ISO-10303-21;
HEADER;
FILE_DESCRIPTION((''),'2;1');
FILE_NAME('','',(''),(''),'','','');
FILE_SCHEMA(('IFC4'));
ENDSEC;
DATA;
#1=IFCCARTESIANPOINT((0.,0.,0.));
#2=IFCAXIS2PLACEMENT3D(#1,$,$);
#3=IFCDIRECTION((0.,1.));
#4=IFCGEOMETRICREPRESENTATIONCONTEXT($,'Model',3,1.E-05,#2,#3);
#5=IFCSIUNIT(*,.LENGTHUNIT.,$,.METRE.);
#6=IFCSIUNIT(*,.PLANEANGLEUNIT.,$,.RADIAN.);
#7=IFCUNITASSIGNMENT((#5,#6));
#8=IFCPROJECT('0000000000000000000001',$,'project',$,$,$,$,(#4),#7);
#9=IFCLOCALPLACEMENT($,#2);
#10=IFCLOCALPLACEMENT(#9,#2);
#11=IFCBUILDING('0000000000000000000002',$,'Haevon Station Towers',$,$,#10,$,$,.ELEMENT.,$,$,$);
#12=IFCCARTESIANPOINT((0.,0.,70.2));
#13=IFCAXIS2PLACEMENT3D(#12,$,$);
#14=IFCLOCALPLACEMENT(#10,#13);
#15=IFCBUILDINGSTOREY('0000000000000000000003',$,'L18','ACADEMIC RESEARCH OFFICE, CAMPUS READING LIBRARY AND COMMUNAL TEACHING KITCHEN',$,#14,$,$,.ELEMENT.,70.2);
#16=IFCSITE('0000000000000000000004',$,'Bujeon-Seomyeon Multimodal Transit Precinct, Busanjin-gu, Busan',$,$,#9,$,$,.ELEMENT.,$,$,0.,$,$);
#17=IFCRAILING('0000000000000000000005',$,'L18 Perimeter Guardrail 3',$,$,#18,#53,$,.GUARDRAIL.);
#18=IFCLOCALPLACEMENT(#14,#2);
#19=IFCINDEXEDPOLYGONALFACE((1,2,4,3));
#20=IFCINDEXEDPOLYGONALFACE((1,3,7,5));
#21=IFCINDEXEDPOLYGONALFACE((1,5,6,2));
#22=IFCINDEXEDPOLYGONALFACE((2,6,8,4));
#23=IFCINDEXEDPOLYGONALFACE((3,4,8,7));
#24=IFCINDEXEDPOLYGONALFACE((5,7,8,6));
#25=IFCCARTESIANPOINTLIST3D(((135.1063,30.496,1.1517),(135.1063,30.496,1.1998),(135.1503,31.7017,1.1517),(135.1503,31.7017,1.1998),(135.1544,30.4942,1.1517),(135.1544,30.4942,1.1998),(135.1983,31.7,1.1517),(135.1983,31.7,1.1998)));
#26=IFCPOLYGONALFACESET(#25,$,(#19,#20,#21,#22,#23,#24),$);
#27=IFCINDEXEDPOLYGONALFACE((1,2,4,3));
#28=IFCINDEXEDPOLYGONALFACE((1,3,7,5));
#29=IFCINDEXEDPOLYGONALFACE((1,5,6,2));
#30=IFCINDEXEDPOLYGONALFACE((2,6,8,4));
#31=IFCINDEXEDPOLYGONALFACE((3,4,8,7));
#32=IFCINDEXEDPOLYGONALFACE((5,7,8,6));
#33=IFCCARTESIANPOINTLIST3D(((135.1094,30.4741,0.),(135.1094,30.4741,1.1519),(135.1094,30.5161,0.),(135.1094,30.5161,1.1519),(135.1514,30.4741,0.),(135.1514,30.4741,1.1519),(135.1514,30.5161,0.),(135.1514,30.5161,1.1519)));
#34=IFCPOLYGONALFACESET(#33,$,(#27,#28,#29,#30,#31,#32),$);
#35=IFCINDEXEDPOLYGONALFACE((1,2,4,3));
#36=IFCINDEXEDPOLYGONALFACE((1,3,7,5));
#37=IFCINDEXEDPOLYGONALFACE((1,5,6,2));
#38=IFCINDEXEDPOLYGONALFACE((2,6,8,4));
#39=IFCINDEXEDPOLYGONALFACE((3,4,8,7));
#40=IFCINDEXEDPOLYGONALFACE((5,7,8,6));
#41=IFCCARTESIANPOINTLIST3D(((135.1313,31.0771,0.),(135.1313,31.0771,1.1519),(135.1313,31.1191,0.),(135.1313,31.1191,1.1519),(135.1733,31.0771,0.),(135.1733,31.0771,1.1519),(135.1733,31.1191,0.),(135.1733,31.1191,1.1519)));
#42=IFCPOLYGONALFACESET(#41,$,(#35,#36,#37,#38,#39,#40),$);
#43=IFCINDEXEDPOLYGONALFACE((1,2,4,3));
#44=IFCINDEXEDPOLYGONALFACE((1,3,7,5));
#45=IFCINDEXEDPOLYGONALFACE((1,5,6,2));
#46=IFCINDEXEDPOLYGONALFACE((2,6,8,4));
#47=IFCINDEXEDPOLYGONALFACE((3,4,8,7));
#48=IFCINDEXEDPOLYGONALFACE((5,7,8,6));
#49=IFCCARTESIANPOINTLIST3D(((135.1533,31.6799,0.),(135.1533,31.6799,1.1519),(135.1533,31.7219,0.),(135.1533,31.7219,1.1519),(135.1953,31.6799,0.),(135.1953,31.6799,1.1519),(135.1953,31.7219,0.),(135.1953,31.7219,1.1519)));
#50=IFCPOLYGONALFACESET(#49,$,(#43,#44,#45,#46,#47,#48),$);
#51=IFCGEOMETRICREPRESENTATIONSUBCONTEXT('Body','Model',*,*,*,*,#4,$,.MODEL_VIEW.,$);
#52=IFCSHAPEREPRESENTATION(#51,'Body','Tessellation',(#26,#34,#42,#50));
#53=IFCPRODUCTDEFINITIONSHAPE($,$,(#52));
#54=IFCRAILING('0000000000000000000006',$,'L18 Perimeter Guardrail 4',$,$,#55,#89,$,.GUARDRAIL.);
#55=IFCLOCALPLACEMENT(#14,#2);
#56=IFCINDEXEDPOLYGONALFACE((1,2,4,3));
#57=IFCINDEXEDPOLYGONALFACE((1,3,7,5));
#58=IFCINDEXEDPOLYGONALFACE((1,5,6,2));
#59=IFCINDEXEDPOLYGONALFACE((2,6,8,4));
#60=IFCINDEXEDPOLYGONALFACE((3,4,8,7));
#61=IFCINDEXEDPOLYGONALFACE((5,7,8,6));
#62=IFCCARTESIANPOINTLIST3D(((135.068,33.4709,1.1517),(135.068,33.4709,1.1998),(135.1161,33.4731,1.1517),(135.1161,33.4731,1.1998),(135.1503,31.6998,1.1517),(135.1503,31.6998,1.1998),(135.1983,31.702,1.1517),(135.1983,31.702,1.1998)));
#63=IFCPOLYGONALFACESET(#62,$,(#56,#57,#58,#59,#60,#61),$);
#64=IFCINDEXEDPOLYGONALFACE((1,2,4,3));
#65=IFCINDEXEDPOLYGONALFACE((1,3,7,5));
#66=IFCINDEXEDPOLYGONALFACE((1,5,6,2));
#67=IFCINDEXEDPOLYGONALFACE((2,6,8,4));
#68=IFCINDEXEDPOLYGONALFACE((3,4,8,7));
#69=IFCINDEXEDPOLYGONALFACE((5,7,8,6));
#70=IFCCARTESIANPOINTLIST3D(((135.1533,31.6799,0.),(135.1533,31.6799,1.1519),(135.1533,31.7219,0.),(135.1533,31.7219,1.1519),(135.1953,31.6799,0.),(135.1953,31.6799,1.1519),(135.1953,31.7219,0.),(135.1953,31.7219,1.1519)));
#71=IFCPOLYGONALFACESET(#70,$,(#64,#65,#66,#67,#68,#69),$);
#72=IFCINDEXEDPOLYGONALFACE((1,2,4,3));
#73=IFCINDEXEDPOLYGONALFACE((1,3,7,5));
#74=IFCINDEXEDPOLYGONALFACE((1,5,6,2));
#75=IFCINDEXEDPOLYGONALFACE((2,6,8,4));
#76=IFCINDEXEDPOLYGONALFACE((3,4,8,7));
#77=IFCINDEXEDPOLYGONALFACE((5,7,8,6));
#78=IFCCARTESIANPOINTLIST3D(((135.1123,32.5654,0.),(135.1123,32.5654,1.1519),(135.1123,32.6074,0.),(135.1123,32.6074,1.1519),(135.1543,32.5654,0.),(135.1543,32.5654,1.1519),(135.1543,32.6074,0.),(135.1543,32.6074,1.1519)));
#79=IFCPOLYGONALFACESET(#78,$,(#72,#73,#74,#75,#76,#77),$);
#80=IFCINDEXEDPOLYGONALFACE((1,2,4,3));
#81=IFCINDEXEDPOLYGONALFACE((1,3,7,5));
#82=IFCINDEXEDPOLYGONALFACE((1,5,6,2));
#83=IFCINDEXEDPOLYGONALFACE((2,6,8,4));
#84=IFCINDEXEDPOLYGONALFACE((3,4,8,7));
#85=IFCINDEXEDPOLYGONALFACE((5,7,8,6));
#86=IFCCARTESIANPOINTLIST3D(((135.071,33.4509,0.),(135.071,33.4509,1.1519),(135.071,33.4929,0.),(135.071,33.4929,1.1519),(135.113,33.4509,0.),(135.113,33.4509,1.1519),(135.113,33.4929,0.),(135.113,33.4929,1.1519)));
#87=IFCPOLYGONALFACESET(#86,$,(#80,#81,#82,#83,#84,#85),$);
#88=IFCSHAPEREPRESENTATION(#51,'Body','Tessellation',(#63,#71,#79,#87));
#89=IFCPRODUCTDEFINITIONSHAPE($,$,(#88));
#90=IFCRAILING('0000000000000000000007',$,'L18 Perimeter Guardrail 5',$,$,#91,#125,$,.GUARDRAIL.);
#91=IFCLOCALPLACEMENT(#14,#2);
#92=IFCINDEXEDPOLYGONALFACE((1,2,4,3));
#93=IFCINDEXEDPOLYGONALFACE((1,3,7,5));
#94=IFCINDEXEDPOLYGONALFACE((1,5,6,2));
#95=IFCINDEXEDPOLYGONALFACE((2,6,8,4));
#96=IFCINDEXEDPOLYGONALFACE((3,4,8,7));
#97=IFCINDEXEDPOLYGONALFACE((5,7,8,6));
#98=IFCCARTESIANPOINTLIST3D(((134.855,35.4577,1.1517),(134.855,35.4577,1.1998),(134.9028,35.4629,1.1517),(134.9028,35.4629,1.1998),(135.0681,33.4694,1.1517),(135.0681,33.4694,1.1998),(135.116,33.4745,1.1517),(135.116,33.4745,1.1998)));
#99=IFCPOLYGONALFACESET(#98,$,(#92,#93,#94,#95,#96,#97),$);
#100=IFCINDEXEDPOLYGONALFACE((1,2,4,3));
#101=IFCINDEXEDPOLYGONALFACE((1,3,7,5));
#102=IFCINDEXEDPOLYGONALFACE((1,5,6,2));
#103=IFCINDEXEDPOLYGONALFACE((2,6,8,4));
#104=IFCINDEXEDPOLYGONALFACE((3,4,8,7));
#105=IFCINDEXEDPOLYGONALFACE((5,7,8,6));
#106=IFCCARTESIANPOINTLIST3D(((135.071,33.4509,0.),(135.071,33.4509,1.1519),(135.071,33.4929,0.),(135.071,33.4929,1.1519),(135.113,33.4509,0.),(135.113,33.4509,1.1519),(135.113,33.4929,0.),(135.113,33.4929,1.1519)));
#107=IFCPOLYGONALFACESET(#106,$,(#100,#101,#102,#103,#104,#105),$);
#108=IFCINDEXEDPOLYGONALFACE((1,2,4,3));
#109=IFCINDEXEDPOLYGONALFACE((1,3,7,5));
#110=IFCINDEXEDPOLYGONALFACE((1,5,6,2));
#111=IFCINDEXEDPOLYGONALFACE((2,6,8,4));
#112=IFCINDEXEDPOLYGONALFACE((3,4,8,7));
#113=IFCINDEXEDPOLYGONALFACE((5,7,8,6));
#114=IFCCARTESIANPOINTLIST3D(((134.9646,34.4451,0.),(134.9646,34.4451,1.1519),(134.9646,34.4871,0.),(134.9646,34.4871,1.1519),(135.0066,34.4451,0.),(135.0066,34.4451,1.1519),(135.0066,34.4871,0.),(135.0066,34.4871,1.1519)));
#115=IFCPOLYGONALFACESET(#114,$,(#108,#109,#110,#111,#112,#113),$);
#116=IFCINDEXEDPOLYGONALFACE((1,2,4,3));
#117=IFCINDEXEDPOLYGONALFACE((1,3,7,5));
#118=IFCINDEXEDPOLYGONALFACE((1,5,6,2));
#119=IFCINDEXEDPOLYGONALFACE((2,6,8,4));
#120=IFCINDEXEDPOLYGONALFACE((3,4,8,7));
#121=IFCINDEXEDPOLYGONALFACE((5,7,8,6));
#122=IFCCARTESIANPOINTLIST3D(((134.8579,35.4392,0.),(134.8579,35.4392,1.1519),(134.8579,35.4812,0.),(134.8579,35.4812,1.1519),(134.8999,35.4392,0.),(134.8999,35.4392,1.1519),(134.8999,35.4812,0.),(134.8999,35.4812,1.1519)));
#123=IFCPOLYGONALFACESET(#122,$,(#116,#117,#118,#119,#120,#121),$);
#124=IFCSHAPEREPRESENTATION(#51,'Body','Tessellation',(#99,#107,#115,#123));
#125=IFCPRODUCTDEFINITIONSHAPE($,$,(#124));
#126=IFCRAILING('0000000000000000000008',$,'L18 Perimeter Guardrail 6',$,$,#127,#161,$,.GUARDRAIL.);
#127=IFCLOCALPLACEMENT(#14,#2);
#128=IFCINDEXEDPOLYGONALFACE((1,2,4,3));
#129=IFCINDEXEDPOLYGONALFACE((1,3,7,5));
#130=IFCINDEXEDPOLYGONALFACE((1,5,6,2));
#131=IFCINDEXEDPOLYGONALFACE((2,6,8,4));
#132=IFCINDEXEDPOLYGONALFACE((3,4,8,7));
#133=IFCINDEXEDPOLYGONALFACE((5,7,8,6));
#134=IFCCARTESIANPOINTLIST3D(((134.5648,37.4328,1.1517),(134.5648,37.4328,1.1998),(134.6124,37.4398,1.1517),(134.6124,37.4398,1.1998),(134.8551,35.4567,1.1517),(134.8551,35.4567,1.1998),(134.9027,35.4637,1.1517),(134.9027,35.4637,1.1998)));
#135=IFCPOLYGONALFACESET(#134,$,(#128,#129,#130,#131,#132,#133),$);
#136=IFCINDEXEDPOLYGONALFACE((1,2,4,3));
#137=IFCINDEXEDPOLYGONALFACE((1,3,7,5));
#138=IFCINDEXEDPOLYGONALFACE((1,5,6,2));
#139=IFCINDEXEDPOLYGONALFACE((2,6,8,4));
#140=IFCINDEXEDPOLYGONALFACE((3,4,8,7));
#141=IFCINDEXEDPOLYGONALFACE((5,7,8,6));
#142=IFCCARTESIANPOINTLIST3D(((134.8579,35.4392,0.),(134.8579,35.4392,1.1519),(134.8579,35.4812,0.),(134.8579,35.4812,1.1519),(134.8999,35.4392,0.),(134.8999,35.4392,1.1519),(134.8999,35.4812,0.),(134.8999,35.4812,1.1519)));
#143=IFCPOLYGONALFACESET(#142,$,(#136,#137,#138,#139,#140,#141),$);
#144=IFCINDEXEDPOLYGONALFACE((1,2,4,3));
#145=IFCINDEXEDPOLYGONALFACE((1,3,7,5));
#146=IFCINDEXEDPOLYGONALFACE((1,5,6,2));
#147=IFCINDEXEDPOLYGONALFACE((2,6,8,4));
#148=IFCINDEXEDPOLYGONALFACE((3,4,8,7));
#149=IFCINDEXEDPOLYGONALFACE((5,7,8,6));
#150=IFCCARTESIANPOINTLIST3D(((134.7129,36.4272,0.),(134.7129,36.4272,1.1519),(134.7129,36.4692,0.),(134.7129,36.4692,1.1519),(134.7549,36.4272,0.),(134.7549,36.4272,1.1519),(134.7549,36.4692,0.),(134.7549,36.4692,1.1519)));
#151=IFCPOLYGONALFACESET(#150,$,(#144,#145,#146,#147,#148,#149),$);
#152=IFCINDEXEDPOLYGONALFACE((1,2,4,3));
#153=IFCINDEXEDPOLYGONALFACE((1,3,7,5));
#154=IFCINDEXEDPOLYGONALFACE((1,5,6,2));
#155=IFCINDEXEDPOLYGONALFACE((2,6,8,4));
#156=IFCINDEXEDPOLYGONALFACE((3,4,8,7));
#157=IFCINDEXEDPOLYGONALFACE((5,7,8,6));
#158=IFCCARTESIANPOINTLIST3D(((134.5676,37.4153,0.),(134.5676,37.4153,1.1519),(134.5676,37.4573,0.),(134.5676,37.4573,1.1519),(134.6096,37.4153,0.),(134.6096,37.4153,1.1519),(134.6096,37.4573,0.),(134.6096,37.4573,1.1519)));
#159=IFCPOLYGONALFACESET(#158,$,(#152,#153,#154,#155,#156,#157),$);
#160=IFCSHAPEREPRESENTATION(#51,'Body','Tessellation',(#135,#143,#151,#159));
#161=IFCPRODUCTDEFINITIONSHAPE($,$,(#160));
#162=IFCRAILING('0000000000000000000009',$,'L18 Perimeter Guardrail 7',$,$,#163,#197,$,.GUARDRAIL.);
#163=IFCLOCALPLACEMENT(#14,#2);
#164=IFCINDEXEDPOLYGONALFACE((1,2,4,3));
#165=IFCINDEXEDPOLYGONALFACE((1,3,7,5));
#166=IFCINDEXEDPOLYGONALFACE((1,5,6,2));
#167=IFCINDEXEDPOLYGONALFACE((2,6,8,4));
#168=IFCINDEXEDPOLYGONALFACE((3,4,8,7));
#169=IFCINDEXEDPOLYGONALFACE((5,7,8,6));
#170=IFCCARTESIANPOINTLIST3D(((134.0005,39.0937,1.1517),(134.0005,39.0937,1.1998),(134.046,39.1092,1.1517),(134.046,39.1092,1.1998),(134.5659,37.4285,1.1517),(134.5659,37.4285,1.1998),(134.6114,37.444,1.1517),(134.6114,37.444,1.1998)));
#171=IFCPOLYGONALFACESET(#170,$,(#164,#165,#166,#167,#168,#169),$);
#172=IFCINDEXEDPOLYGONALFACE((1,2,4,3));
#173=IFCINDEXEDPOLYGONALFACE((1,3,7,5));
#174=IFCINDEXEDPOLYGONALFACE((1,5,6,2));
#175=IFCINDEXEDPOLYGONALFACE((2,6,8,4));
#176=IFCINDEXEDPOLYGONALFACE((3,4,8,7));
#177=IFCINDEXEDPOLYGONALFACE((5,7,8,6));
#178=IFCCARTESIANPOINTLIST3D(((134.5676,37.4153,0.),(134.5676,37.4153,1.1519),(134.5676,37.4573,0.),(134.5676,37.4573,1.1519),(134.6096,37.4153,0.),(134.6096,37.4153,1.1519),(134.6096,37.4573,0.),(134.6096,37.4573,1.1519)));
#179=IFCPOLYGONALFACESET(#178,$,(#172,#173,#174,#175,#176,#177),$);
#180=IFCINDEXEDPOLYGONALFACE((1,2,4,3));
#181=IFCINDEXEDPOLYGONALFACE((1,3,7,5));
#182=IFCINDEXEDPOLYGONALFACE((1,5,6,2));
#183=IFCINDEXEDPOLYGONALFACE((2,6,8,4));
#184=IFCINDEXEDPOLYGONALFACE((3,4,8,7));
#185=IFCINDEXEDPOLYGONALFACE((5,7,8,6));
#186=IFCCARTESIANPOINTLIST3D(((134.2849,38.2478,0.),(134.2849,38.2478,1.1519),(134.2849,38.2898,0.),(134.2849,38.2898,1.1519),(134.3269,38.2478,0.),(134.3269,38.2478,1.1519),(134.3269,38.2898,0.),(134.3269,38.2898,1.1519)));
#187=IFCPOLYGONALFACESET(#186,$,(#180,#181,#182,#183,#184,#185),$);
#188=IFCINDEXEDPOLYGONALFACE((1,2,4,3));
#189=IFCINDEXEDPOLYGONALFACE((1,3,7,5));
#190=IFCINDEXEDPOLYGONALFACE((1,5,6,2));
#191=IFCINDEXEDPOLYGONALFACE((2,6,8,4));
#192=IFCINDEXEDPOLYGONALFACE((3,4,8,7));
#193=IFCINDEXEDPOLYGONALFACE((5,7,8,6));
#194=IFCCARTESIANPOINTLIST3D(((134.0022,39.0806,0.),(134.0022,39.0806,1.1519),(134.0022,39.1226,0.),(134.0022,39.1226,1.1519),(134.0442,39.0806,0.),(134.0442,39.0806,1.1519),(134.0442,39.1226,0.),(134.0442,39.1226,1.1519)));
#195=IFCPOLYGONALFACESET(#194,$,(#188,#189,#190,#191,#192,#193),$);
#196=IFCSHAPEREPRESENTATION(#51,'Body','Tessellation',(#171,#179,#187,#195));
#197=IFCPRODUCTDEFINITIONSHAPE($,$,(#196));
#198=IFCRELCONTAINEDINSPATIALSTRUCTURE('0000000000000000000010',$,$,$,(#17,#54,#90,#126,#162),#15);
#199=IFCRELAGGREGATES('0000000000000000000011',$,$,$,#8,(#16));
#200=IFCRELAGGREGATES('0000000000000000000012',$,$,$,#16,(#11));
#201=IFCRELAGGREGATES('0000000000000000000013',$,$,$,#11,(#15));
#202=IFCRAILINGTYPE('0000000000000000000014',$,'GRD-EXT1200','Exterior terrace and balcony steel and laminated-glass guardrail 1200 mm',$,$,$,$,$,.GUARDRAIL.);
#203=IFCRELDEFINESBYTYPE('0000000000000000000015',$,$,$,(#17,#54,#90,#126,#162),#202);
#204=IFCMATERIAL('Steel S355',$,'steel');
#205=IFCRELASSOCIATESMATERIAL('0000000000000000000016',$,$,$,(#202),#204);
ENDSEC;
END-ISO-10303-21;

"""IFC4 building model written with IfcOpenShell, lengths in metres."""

from ifc_helpers import new_model, si_unit, direction, frame, origin, origin_2d, place, context, subcontext, project, spatial, rectangle, extrude, material, type_object, element, save


model = new_model("IFC4")

# Units and contexts
model_context = context("Model", 3, precision=1e-05, world=origin(), true_north=direction((0.0, 1.0)))
body_context = subcontext(model_context, "Body", "Model", "MODEL_VIEW")
ifc_project = project(units=[si_unit("LENGTHUNIT", "METRE"), si_unit("PLANEANGLEUNIT", "RADIAN")], contexts=[model_context])

# Site, building, storey
site_placement = place(None, origin())
site = spatial("IfcSite", under=ifc_project, at=site_placement, Name="Bujeon-Seomyeon Multimodal Transit Precinct, Busanjin-gu, Busan", CompositionType="ELEMENT", RefElevation=0.0)
building_placement = place(site_placement, origin())
building = spatial("IfcBuilding", under=site, at=building_placement, Name="Haevon Station Towers", CompositionType="ELEMENT")
storey_placement = place(building_placement, frame((0.0, 0.0, 70.2)))
storey = spatial("IfcBuildingStorey", under=building, at=storey_placement, Name="L18", Description="ACADEMIC RESEARCH OFFICE, CAMPUS READING LIBRARY AND COMMUNAL TEACHING KITCHEN", CompositionType="ELEMENT", Elevation=70.2)

# Shared definitions
ifc_material_1 = material(Name="Steel S355", Category="steel")

# Railings
railing_type = type_object("IfcRailingType", Name="GRD-EXT1200", Description="Exterior terrace and balcony steel and laminated-glass guardrail 1200 mm", PredefinedType="GUARDRAIL", material=ifc_material_1)
railing_1_placement = place(storey_placement, frame((135.1304, 30.4951, 0.0)))
element("IfcRailing", 1, at=railing_1_placement, inside=storey, type_object=railing_type, Name="L18 Perimeter Guardrail 3", PredefinedType="GUARDRAIL", context=body_context, shape_type="SweptSolid", body=[
    extrude(rectangle(XDim=0.0481, YDim=0.0481, at=origin_2d()), frame((0.0, 0.0, 1.1758), z_axis=(0.03642, 0.999337, 0.0), x_axis=(-0.999337, 0.03642, 0.0)), (0.0, 0.0, 1.0), 1.2065),
    extrude(rectangle(XDim=0.042, YDim=0.042, at=origin_2d()), origin(), (0.0, 0.0, 1.0), 1.1519),
    extrude(rectangle(XDim=0.042, YDim=0.042, at=origin_2d()), frame((0.022, 0.603, 0.0)), (0.0, 0.0, 1.0), 1.1519),
    extrude(rectangle(XDim=0.042, YDim=0.042, at=origin_2d()), frame((0.0439, 1.2058, 0.0)), (0.0, 0.0, 1.0), 1.1519),
])
railing_2_placement = place(storey_placement, frame((135.1743, 31.7009, 0.0)))
element("IfcRailing", 2, at=railing_2_placement, inside=storey, type_object=railing_type, Name="L18 Perimeter Guardrail 4", PredefinedType="GUARDRAIL", context=body_context, shape_type="SweptSolid", body=[
    extrude(rectangle(XDim=0.0481, YDim=0.0481, at=origin_2d()), frame((0.0, 0.0, 1.1758), z_axis=(-0.046407, 0.998923, 0.0), x_axis=(-0.998923, -0.046407, 0.0)), (0.0, 0.0, 1.0), 1.7729),
    extrude(rectangle(XDim=0.042, YDim=0.042, at=origin_2d()), origin(), (0.0, 0.0, 1.0), 1.1519),
    extrude(rectangle(XDim=0.042, YDim=0.042, at=origin_2d()), frame((-0.041, 0.8855, 0.0)), (0.0, 0.0, 1.0), 1.1519),
    extrude(rectangle(XDim=0.042, YDim=0.042, at=origin_2d()), frame((-0.0823, 1.771, 0.0)), (0.0, 0.0, 1.0), 1.1519),
])
railing_3_placement = place(storey_placement, frame((135.092, 33.4719, 0.0)))
element("IfcRailing", 3, at=railing_3_placement, inside=storey, type_object=railing_type, Name="L18 Perimeter Guardrail 5", PredefinedType="GUARDRAIL", context=body_context, shape_type="SweptSolid", body=[
    extrude(rectangle(XDim=0.0481, YDim=0.0481, at=origin_2d()), frame((0.0, 0.0, 1.1758), z_axis=(-0.106585, 0.994304, 0.0), x_axis=(-0.994304, -0.106585, 0.0)), (0.0, 0.0, 1.0), 1.9998),
    extrude(rectangle(XDim=0.042, YDim=0.042, at=origin_2d()), origin(), (0.0, 0.0, 1.0), 1.1519),
    extrude(rectangle(XDim=0.042, YDim=0.042, at=origin_2d()), frame((-0.1064, 0.9941, 0.0)), (0.0, 0.0, 1.0), 1.1519),
    extrude(rectangle(XDim=0.042, YDim=0.042, at=origin_2d()), frame((-0.2131, 1.9883, 0.0)), (0.0, 0.0, 1.0), 1.1519),
])
railing_4_placement = place(storey_placement, frame((134.8789, 35.4602, 0.0)))
element("IfcRailing", 4, at=railing_4_placement, inside=storey, type_object=railing_type, Name="L18 Perimeter Guardrail 6", PredefinedType="GUARDRAIL", context=body_context, shape_type="SweptSolid", body=[
    extrude(rectangle(XDim=0.0481, YDim=0.0481, at=origin_2d()), frame((0.0, 0.0, 1.1758), z_axis=(-0.145339, 0.989382, 0.0), x_axis=(-0.989382, -0.145339, 0.0)), (0.0, 0.0, 1.0), 1.9973),
    extrude(rectangle(XDim=0.042, YDim=0.042, at=origin_2d()), origin(), (0.0, 0.0, 1.0), 1.1519),
    extrude(rectangle(XDim=0.042, YDim=0.042, at=origin_2d()), frame((-0.145, 0.988, 0.0)), (0.0, 0.0, 1.0), 1.1519),
    extrude(rectangle(XDim=0.042, YDim=0.042, at=origin_2d()), frame((-0.2903, 1.9761, 0.0)), (0.0, 0.0, 1.0), 1.1519),
])
railing_5_placement = place(storey_placement, frame((134.5886, 37.4363, 0.0)))
element("IfcRailing", 5, at=railing_5_placement, inside=storey, type_object=railing_type, Name="L18 Perimeter Guardrail 7", PredefinedType="GUARDRAIL", context=body_context, shape_type="SweptSolid", body=[
    extrude(rectangle(XDim=0.0481, YDim=0.0481, at=origin_2d()), frame((0.0, 0.0, 1.1758), z_axis=(-0.321512, 0.946906, 0.0), x_axis=(-0.946906, -0.321512, 0.0)), (0.0, 0.0, 1.0), 1.7585),
    extrude(rectangle(XDim=0.042, YDim=0.042, at=origin_2d()), origin(), (0.0, 0.0, 1.0), 1.1519),
    extrude(rectangle(XDim=0.042, YDim=0.042, at=origin_2d()), frame((-0.2827, 0.8325, 0.0)), (0.0, 0.0, 1.0), 1.1519),
    extrude(rectangle(XDim=0.042, YDim=0.042, at=origin_2d()), frame((-0.5654, 1.6653, 0.0)), (0.0, 0.0, 1.0), 1.1519),
])

save(model, "model.ifc")
